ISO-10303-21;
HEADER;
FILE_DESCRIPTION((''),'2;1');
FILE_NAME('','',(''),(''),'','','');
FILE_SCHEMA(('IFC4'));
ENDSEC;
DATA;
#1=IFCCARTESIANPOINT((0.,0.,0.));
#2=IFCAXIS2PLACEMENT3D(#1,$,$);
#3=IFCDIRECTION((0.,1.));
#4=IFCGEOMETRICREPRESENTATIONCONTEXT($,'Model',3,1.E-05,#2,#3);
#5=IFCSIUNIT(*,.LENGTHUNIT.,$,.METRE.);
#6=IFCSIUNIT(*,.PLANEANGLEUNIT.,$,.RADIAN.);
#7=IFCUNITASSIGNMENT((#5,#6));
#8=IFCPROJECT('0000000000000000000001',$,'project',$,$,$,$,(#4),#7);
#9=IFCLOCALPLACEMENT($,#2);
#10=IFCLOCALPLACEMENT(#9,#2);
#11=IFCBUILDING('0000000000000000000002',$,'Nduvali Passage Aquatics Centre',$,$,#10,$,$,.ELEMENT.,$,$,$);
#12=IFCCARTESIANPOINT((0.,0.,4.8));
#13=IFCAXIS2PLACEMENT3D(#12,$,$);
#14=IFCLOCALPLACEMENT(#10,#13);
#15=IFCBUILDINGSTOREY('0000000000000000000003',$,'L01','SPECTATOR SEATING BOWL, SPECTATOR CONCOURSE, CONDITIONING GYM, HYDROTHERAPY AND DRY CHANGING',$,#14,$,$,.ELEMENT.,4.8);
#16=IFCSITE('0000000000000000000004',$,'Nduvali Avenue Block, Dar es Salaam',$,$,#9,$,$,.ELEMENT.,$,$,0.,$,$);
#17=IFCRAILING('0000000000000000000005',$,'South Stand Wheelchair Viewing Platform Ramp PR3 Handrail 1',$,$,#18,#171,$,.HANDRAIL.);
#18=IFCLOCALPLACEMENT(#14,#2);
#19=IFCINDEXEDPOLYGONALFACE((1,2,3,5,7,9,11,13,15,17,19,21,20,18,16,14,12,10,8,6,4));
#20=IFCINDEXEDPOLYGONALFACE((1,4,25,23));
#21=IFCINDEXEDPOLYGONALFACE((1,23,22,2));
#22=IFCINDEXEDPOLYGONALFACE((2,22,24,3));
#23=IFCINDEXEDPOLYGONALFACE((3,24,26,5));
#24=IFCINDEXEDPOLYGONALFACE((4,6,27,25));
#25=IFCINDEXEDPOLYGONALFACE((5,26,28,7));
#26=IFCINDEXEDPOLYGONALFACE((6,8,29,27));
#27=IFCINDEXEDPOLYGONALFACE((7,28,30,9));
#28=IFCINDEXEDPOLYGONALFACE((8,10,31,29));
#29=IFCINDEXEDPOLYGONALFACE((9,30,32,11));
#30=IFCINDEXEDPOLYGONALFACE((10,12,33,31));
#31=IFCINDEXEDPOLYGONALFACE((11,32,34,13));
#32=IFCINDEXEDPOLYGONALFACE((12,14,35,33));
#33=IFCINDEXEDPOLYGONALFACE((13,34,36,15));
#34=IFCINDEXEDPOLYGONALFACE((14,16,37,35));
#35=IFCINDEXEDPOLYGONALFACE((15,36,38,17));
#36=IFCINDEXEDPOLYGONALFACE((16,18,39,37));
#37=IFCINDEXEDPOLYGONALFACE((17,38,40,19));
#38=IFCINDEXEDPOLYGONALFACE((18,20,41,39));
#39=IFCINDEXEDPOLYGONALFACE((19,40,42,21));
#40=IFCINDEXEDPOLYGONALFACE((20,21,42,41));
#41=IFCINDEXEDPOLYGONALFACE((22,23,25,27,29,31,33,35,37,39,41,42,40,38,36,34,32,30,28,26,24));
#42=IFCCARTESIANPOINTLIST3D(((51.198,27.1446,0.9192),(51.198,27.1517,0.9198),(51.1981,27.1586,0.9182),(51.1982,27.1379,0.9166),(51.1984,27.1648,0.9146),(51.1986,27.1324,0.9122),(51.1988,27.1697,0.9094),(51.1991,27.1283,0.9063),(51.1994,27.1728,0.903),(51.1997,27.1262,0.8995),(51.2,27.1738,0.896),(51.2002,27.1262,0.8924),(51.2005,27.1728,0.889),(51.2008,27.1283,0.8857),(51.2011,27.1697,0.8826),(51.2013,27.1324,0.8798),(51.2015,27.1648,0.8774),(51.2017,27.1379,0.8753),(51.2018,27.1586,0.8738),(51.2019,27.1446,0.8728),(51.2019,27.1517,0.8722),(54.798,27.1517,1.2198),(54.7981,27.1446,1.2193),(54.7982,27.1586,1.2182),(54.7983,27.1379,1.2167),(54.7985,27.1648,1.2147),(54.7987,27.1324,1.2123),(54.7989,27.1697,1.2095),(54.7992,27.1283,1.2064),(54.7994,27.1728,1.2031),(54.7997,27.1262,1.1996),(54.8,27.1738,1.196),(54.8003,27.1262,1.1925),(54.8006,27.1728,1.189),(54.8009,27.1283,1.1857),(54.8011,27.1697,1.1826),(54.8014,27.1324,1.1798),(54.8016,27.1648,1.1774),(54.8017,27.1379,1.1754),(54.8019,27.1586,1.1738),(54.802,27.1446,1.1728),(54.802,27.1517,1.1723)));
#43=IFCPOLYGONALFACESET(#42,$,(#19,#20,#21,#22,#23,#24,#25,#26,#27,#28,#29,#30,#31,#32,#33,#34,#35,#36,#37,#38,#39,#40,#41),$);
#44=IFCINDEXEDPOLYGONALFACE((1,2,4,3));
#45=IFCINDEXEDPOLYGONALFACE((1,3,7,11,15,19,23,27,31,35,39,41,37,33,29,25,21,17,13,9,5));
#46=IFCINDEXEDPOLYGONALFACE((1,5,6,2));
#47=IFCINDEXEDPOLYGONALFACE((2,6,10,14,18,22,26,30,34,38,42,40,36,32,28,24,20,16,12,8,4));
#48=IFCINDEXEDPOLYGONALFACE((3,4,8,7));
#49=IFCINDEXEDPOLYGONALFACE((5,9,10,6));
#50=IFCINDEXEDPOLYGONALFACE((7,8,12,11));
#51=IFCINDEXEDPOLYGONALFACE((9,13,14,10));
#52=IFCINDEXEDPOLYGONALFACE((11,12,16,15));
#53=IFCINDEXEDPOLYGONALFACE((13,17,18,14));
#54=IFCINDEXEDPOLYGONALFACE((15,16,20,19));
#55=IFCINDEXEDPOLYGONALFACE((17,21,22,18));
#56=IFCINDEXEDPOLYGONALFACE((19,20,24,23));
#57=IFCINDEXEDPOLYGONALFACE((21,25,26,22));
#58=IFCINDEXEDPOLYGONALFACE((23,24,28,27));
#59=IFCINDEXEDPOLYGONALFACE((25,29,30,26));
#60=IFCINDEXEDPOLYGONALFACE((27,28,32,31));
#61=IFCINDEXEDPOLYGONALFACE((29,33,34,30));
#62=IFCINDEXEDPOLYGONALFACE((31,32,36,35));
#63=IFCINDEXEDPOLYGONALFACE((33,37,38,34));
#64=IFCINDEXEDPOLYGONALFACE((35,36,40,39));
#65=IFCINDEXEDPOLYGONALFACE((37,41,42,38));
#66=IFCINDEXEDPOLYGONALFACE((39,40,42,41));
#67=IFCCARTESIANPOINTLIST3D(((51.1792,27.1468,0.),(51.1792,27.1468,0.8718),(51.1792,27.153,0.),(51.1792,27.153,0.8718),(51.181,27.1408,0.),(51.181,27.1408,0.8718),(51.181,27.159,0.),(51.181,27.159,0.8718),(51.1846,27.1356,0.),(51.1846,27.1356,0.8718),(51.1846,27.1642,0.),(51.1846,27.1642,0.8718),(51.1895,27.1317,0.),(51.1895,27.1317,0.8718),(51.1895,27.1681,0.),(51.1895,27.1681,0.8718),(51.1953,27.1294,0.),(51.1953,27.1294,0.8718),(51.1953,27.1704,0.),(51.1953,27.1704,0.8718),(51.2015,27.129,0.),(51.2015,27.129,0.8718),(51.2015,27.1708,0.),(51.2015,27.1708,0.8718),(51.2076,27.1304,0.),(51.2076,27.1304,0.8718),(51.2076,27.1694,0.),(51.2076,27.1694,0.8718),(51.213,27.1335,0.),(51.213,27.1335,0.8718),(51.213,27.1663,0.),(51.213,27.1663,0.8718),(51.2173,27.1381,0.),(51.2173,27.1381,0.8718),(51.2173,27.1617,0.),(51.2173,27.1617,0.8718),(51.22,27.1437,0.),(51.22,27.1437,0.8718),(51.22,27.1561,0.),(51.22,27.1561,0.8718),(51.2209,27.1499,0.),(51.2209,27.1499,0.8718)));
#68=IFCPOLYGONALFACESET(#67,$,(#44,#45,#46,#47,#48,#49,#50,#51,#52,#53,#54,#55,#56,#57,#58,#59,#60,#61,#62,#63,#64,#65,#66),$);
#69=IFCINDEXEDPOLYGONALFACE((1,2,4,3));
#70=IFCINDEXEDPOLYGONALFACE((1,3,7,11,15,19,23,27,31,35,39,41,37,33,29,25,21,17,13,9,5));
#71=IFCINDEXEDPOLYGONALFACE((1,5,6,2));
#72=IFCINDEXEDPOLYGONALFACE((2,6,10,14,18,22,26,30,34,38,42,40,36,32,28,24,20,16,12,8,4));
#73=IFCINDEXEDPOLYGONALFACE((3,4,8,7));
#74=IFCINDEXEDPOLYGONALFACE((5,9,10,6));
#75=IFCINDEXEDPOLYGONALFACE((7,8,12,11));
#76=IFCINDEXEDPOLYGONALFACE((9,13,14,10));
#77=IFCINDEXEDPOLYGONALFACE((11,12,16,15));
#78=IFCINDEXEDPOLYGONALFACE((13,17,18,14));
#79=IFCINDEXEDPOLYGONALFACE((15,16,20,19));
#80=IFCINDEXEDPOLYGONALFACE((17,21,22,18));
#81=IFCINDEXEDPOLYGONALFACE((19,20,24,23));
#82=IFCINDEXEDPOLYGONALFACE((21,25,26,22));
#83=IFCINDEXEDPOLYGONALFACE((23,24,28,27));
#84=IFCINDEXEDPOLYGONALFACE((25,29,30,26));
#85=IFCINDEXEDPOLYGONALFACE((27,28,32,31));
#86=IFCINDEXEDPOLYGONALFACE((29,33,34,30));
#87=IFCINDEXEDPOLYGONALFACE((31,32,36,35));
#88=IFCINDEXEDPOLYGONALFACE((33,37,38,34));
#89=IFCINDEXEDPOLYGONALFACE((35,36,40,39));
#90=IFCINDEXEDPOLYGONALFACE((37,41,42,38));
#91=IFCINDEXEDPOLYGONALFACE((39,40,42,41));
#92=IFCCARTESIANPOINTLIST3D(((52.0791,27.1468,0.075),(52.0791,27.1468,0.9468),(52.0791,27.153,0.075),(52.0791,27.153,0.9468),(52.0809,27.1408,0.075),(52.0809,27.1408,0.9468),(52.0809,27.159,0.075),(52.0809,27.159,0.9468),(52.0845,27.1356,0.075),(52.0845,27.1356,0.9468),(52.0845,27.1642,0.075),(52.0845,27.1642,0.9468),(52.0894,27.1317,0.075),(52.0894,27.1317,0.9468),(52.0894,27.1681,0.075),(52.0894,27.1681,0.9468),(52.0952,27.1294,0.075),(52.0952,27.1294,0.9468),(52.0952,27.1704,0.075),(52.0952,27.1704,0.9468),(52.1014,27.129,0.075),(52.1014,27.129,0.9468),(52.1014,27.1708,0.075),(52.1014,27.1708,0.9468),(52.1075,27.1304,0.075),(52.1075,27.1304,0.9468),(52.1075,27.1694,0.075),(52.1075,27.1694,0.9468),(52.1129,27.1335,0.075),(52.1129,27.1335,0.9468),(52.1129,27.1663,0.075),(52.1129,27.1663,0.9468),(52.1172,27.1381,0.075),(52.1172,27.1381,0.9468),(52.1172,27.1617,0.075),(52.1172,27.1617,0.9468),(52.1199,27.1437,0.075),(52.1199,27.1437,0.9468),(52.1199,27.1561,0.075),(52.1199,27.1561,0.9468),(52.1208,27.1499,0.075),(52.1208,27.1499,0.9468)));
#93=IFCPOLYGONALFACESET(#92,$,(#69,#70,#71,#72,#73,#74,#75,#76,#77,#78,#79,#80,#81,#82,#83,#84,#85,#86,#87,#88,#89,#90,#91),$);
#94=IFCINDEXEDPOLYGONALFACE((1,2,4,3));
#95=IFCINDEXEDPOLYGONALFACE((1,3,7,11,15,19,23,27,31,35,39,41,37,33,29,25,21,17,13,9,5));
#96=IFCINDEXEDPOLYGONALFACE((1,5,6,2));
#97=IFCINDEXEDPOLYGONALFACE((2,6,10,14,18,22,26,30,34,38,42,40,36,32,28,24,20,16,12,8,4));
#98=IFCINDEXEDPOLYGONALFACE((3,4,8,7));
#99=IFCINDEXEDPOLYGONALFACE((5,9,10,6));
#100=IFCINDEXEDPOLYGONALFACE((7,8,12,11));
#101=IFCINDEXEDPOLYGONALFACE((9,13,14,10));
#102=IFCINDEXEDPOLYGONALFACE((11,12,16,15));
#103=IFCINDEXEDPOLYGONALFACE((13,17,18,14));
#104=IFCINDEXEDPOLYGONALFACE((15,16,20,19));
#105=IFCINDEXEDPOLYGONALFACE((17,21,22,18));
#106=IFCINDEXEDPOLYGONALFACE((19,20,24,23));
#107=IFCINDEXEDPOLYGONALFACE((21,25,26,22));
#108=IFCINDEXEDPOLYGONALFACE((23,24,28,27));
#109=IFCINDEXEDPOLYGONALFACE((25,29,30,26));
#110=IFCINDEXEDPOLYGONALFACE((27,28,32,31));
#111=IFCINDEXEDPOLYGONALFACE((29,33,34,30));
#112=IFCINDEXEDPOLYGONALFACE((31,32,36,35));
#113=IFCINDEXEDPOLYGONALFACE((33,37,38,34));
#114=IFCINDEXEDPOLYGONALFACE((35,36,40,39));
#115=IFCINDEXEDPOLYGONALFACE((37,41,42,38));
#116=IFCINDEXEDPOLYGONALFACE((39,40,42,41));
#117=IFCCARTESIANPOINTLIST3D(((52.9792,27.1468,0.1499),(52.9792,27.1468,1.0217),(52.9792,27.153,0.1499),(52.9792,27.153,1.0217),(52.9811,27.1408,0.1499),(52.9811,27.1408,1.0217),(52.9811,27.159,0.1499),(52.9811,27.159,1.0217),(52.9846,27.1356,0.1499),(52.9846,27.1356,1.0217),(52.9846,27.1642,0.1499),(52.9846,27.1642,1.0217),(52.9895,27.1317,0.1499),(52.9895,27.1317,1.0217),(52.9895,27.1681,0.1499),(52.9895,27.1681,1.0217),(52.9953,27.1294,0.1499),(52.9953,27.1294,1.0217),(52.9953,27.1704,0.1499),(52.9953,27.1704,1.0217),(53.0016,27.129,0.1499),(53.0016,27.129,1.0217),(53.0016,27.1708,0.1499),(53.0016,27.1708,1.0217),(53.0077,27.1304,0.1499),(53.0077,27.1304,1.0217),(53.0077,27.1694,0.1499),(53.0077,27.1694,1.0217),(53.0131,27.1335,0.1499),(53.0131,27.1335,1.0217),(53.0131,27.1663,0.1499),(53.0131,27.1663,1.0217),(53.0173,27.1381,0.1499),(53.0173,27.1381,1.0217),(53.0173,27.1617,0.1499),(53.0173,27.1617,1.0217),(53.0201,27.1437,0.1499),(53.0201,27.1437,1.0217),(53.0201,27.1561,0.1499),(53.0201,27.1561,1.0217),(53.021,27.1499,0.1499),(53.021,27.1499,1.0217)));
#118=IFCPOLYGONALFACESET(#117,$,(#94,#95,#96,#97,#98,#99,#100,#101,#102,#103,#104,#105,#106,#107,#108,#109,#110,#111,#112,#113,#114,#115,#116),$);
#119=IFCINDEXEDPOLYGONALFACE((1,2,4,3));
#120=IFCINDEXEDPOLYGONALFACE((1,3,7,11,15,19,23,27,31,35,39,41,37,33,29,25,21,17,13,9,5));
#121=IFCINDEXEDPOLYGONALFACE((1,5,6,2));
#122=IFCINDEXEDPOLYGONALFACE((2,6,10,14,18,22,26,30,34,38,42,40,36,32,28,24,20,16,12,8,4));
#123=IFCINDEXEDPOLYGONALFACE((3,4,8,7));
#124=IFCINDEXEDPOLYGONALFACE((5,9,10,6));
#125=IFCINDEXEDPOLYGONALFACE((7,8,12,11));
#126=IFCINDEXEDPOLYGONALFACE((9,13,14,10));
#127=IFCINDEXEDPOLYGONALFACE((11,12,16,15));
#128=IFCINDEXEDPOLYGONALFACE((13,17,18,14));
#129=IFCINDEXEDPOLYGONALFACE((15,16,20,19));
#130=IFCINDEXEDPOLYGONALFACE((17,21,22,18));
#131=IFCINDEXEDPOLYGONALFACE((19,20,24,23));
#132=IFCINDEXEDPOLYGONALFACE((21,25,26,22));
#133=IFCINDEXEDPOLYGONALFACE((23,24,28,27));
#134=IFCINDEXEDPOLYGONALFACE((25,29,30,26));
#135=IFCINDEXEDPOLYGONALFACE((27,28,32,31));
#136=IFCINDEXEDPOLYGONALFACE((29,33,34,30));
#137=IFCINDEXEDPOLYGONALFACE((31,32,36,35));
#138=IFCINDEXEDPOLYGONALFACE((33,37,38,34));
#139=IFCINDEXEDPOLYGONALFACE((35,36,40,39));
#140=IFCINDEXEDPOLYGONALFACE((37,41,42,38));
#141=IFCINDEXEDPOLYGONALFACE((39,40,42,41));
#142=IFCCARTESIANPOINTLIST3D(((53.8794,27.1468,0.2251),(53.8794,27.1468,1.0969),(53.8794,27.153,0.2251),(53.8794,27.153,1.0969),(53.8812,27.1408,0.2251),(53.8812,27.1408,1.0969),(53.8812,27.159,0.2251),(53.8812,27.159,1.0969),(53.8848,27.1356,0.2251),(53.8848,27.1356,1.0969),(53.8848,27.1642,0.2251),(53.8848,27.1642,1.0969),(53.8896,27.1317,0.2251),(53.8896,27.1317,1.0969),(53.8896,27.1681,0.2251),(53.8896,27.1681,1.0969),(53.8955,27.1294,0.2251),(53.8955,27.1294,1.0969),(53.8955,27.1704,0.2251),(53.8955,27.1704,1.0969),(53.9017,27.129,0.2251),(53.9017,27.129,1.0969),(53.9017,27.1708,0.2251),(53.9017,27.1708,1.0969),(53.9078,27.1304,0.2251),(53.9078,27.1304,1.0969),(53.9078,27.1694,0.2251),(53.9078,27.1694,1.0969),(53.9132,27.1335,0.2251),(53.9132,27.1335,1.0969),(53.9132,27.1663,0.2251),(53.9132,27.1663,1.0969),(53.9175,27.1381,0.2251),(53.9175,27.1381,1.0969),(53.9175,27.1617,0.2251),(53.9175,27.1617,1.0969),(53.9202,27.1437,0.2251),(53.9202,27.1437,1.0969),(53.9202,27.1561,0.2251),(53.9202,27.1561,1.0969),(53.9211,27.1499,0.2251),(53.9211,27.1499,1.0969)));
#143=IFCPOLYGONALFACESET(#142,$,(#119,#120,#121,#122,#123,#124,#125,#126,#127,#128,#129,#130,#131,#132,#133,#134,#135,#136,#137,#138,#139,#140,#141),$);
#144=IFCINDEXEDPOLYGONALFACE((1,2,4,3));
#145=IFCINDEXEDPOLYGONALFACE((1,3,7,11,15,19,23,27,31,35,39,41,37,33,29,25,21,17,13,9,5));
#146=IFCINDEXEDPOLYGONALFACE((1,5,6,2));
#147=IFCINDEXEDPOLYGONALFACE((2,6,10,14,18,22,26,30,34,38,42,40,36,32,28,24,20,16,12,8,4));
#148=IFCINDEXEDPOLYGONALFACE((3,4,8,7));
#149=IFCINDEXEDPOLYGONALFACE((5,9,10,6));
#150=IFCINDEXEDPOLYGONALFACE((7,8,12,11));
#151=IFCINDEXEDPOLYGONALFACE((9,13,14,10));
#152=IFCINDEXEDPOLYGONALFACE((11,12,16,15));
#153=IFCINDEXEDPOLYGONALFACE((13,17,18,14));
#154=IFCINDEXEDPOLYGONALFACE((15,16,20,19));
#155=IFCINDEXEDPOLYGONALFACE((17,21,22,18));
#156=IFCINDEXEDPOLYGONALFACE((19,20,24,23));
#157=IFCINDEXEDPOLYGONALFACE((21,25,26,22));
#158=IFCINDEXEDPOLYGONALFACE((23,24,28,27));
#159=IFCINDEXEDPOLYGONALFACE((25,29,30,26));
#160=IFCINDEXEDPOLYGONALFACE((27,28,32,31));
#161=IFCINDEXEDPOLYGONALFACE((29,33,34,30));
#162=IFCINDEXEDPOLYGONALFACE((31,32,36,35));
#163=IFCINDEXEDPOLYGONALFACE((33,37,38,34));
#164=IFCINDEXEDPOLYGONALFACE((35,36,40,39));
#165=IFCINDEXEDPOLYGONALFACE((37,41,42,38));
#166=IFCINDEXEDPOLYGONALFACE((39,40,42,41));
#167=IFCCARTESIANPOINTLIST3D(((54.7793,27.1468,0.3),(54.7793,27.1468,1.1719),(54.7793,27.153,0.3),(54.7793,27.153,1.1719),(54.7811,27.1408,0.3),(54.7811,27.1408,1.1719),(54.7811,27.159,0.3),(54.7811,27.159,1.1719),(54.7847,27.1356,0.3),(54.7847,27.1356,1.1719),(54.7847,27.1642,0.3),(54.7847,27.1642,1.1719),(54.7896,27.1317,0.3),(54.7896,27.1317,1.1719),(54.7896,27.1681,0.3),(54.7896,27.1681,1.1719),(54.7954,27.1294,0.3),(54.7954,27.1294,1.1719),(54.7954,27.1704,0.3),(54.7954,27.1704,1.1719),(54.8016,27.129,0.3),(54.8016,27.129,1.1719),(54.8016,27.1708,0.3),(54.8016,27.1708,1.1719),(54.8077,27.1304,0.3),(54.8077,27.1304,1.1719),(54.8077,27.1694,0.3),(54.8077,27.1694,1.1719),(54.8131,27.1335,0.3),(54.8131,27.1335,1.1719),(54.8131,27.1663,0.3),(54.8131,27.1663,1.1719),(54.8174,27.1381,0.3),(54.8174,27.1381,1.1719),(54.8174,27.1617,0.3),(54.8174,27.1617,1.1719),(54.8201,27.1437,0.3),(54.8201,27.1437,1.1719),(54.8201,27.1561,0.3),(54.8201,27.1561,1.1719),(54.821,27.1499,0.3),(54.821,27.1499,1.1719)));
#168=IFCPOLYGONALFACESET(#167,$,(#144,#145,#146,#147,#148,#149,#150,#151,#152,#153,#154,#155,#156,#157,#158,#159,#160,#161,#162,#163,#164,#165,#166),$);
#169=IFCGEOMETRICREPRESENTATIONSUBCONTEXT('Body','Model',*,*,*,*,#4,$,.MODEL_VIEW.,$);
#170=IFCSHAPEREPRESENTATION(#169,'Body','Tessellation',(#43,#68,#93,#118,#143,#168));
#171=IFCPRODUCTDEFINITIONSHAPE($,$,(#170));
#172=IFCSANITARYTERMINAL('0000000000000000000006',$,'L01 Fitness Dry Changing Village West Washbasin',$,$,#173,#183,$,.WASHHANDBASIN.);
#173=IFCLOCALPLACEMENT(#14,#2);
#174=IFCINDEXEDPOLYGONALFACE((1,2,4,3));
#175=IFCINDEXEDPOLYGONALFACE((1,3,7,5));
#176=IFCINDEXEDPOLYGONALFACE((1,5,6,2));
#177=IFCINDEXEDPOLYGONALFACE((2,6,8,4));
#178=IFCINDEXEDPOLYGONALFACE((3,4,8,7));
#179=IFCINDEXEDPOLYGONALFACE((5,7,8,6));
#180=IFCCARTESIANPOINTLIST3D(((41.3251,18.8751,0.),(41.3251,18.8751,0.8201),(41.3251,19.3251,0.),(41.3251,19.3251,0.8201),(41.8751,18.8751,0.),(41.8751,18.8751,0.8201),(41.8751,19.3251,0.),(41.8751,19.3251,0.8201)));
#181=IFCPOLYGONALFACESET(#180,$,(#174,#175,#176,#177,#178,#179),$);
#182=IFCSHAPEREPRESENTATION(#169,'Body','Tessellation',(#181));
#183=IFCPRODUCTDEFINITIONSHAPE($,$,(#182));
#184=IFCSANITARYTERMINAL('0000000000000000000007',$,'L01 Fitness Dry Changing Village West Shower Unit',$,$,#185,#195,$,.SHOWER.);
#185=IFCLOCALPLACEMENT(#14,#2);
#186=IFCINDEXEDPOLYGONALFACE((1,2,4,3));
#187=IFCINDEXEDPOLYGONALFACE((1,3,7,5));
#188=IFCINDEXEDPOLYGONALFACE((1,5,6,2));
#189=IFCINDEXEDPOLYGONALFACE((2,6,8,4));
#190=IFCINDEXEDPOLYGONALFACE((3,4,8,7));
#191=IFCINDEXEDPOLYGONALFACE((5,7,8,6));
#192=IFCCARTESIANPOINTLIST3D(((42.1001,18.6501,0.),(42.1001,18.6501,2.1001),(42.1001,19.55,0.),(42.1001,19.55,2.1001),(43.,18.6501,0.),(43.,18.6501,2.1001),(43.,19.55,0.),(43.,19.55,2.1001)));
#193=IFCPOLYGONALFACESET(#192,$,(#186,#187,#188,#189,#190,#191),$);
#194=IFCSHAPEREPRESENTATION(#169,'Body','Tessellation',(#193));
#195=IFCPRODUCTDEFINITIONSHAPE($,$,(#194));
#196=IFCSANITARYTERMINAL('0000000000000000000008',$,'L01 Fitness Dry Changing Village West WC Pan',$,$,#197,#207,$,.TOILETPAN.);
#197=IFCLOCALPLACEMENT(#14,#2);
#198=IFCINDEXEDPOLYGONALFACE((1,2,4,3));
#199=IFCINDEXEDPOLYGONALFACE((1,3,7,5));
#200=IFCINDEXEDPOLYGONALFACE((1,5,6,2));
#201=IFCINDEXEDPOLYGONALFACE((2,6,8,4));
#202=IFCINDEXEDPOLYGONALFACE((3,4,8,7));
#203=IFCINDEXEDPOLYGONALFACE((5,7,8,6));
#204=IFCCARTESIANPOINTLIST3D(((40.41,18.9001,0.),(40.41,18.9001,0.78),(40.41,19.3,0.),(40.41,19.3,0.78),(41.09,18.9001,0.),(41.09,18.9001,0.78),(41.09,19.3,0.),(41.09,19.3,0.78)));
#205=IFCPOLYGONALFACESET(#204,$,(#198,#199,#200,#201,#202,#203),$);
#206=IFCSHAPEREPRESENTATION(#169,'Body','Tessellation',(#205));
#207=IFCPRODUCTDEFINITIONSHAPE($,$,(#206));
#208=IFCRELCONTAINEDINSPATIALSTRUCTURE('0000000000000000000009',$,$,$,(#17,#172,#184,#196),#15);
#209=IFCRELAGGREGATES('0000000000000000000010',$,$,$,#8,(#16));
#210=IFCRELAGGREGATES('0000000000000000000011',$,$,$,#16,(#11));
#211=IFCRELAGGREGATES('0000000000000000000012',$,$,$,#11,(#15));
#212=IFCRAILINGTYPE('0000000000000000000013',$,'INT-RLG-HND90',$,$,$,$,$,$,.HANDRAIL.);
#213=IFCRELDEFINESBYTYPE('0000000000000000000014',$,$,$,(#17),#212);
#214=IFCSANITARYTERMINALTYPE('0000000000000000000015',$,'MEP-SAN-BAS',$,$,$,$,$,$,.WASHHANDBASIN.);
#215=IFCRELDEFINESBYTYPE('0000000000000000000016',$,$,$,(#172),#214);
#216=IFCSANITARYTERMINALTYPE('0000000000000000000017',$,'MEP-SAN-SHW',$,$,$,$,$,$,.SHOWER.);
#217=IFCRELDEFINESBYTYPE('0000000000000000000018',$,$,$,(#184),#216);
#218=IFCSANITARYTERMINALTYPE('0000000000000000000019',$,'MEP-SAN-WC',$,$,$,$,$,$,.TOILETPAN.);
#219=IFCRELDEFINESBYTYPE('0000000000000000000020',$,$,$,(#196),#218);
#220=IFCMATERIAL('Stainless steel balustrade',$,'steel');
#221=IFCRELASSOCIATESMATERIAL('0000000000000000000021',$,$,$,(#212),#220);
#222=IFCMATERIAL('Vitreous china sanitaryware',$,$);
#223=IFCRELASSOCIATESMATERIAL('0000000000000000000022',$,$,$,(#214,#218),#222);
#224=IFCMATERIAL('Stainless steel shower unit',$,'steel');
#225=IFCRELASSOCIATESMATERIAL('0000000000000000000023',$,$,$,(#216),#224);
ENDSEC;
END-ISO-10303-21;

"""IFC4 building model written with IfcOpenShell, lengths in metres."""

from ifc_helpers import new_model, si_unit, direction, frame, origin, origin_2d, place, context, subcontext, project, spatial, rectangle, circle, extrude, material, type_object, element, save


model = new_model("IFC4")

# Units and contexts
model_context = context("Model", 3, precision=1e-05, world=origin(), true_north=direction((0.0, 1.0)))
body_context = subcontext(model_context, "Body", "Model", "MODEL_VIEW")
ifc_project = project(units=[si_unit("LENGTHUNIT", "METRE"), si_unit("PLANEANGLEUNIT", "RADIAN")], contexts=[model_context])

# Site, building, storey
site_placement = place(None, origin())
site = spatial("IfcSite", under=ifc_project, at=site_placement, Name="Nduvali Avenue Block, Dar es Salaam", CompositionType="ELEMENT", RefElevation=0.0)
building_placement = place(site_placement, origin())
building = spatial("IfcBuilding", under=site, at=building_placement, Name="Nduvali Passage Aquatics Centre", CompositionType="ELEMENT")
storey_placement = place(building_placement, frame((0.0, 0.0, 4.8)))
storey = spatial("IfcBuildingStorey", under=building, at=storey_placement, Name="L01", Description="SPECTATOR SEATING BOWL, SPECTATOR CONCOURSE, CONDITIONING GYM, HYDROTHERAPY AND DRY CHANGING", CompositionType="ELEMENT", Elevation=4.8)

# Railing
ifc_material_1 = material(Name="Stainless steel balustrade", Category="steel")
railing_type_1 = type_object("IfcRailingType", Name="INT-RLG-HND90", PredefinedType="HANDRAIL", material=ifc_material_1)
railing_1_placement = place(storey_placement, frame((51.2, 27.1499, 0.0)))
element("IfcRailing", 1, at=railing_1_placement, inside=storey, type_object=railing_type_1, Name="South Stand Wheelchair Viewing Platform Ramp PR3 Handrail 1", PredefinedType="HANDRAIL", context=body_context, shape_type="SweptSolid", body=[
    extrude(circle(Radius=0.0239, at=origin_2d()), frame((0.0, 0.0, 0.896), z_axis=(0.996545, 0.0, 0.083057), x_axis=(0.0, 1.0, 0.0)), (0.0, 0.0, 1.0), 3.6125),
    extrude(circle(Radius=0.021, at=origin_2d()), origin(), (0.0, 0.0, 1.0), 0.8718),
    extrude(circle(Radius=0.021, at=origin_2d()), frame((0.8999, 0.0, 0.075)), (0.0, 0.0, 1.0), 0.8718),
    extrude(circle(Radius=0.021, at=origin_2d()), frame((1.8, 0.0, 0.1499)), (0.0, 0.0, 1.0), 0.8718),
    extrude(circle(Radius=0.021, at=origin_2d()), frame((2.7002, 0.0, 0.2251)), (0.0, 0.0, 1.0), 0.8718),
    extrude(circle(Radius=0.021, at=origin_2d()), frame((3.6001, 0.0, 0.3)), (0.0, 0.0, 1.0), 0.8718),
])

# Sanitary terminals
ifc_material_2 = material(Name="Vitreous china sanitaryware")
sanitary_terminal_type_1 = type_object("IfcSanitaryTerminalType", Name="MEP-SAN-BAS", PredefinedType="WASHHANDBASIN", material=ifc_material_2)
sanitary_terminal_1_placement = place(storey_placement, frame((41.6001, 19.1001, 0.0), z_axis=(0.0, 0.0, 1.0), x_axis=(1.0, 0.0, 0.0)))
element("IfcSanitaryTerminal", 2, at=sanitary_terminal_1_placement, inside=storey, type_object=sanitary_terminal_type_1, Name="L01 Fitness Dry Changing Village West Washbasin", PredefinedType="WASHHANDBASIN", context=body_context, shape_type="SweptSolid", body=[
    extrude(rectangle(XDim=0.55, YDim=0.45, at=origin_2d()), origin(), (0.0, 0.0, 1.0), 0.8201),
])
ifc_material_3 = material(Name="Stainless steel shower unit", Category="steel")
sanitary_terminal_type_2 = type_object("IfcSanitaryTerminalType", Name="MEP-SAN-SHW", PredefinedType="SHOWER", material=ifc_material_3)
sanitary_terminal_2_placement = place(storey_placement, frame((42.55, 19.1001, 0.0), z_axis=(0.0, 0.0, 1.0), x_axis=(1.0, 0.0, 0.0)))
element("IfcSanitaryTerminal", 3, at=sanitary_terminal_2_placement, inside=storey, type_object=sanitary_terminal_type_2, Name="L01 Fitness Dry Changing Village West Shower Unit", PredefinedType="SHOWER", context=body_context, shape_type="SweptSolid", body=[
    extrude(rectangle(XDim=0.8999, YDim=0.8999, at=origin_2d()), origin(), (0.0, 0.0, 1.0), 2.1001),
])
sanitary_terminal_type_3 = type_object("IfcSanitaryTerminalType", Name="MEP-SAN-WC", PredefinedType="TOILETPAN", material=ifc_material_2)
sanitary_terminal_3_placement = place(storey_placement, frame((40.75, 19.1001, 0.0), z_axis=(0.0, 0.0, 1.0), x_axis=(1.0, 0.0, 0.0)))
element("IfcSanitaryTerminal", 4, at=sanitary_terminal_3_placement, inside=storey, type_object=sanitary_terminal_type_3, Name="L01 Fitness Dry Changing Village West WC Pan", PredefinedType="TOILETPAN", context=body_context, shape_type="SweptSolid", body=[
    extrude(rectangle(XDim=0.6799, YDim=0.3999, at=origin_2d()), origin(), (0.0, 0.0, 1.0), 0.78),
])

save(model, "model.ifc")
